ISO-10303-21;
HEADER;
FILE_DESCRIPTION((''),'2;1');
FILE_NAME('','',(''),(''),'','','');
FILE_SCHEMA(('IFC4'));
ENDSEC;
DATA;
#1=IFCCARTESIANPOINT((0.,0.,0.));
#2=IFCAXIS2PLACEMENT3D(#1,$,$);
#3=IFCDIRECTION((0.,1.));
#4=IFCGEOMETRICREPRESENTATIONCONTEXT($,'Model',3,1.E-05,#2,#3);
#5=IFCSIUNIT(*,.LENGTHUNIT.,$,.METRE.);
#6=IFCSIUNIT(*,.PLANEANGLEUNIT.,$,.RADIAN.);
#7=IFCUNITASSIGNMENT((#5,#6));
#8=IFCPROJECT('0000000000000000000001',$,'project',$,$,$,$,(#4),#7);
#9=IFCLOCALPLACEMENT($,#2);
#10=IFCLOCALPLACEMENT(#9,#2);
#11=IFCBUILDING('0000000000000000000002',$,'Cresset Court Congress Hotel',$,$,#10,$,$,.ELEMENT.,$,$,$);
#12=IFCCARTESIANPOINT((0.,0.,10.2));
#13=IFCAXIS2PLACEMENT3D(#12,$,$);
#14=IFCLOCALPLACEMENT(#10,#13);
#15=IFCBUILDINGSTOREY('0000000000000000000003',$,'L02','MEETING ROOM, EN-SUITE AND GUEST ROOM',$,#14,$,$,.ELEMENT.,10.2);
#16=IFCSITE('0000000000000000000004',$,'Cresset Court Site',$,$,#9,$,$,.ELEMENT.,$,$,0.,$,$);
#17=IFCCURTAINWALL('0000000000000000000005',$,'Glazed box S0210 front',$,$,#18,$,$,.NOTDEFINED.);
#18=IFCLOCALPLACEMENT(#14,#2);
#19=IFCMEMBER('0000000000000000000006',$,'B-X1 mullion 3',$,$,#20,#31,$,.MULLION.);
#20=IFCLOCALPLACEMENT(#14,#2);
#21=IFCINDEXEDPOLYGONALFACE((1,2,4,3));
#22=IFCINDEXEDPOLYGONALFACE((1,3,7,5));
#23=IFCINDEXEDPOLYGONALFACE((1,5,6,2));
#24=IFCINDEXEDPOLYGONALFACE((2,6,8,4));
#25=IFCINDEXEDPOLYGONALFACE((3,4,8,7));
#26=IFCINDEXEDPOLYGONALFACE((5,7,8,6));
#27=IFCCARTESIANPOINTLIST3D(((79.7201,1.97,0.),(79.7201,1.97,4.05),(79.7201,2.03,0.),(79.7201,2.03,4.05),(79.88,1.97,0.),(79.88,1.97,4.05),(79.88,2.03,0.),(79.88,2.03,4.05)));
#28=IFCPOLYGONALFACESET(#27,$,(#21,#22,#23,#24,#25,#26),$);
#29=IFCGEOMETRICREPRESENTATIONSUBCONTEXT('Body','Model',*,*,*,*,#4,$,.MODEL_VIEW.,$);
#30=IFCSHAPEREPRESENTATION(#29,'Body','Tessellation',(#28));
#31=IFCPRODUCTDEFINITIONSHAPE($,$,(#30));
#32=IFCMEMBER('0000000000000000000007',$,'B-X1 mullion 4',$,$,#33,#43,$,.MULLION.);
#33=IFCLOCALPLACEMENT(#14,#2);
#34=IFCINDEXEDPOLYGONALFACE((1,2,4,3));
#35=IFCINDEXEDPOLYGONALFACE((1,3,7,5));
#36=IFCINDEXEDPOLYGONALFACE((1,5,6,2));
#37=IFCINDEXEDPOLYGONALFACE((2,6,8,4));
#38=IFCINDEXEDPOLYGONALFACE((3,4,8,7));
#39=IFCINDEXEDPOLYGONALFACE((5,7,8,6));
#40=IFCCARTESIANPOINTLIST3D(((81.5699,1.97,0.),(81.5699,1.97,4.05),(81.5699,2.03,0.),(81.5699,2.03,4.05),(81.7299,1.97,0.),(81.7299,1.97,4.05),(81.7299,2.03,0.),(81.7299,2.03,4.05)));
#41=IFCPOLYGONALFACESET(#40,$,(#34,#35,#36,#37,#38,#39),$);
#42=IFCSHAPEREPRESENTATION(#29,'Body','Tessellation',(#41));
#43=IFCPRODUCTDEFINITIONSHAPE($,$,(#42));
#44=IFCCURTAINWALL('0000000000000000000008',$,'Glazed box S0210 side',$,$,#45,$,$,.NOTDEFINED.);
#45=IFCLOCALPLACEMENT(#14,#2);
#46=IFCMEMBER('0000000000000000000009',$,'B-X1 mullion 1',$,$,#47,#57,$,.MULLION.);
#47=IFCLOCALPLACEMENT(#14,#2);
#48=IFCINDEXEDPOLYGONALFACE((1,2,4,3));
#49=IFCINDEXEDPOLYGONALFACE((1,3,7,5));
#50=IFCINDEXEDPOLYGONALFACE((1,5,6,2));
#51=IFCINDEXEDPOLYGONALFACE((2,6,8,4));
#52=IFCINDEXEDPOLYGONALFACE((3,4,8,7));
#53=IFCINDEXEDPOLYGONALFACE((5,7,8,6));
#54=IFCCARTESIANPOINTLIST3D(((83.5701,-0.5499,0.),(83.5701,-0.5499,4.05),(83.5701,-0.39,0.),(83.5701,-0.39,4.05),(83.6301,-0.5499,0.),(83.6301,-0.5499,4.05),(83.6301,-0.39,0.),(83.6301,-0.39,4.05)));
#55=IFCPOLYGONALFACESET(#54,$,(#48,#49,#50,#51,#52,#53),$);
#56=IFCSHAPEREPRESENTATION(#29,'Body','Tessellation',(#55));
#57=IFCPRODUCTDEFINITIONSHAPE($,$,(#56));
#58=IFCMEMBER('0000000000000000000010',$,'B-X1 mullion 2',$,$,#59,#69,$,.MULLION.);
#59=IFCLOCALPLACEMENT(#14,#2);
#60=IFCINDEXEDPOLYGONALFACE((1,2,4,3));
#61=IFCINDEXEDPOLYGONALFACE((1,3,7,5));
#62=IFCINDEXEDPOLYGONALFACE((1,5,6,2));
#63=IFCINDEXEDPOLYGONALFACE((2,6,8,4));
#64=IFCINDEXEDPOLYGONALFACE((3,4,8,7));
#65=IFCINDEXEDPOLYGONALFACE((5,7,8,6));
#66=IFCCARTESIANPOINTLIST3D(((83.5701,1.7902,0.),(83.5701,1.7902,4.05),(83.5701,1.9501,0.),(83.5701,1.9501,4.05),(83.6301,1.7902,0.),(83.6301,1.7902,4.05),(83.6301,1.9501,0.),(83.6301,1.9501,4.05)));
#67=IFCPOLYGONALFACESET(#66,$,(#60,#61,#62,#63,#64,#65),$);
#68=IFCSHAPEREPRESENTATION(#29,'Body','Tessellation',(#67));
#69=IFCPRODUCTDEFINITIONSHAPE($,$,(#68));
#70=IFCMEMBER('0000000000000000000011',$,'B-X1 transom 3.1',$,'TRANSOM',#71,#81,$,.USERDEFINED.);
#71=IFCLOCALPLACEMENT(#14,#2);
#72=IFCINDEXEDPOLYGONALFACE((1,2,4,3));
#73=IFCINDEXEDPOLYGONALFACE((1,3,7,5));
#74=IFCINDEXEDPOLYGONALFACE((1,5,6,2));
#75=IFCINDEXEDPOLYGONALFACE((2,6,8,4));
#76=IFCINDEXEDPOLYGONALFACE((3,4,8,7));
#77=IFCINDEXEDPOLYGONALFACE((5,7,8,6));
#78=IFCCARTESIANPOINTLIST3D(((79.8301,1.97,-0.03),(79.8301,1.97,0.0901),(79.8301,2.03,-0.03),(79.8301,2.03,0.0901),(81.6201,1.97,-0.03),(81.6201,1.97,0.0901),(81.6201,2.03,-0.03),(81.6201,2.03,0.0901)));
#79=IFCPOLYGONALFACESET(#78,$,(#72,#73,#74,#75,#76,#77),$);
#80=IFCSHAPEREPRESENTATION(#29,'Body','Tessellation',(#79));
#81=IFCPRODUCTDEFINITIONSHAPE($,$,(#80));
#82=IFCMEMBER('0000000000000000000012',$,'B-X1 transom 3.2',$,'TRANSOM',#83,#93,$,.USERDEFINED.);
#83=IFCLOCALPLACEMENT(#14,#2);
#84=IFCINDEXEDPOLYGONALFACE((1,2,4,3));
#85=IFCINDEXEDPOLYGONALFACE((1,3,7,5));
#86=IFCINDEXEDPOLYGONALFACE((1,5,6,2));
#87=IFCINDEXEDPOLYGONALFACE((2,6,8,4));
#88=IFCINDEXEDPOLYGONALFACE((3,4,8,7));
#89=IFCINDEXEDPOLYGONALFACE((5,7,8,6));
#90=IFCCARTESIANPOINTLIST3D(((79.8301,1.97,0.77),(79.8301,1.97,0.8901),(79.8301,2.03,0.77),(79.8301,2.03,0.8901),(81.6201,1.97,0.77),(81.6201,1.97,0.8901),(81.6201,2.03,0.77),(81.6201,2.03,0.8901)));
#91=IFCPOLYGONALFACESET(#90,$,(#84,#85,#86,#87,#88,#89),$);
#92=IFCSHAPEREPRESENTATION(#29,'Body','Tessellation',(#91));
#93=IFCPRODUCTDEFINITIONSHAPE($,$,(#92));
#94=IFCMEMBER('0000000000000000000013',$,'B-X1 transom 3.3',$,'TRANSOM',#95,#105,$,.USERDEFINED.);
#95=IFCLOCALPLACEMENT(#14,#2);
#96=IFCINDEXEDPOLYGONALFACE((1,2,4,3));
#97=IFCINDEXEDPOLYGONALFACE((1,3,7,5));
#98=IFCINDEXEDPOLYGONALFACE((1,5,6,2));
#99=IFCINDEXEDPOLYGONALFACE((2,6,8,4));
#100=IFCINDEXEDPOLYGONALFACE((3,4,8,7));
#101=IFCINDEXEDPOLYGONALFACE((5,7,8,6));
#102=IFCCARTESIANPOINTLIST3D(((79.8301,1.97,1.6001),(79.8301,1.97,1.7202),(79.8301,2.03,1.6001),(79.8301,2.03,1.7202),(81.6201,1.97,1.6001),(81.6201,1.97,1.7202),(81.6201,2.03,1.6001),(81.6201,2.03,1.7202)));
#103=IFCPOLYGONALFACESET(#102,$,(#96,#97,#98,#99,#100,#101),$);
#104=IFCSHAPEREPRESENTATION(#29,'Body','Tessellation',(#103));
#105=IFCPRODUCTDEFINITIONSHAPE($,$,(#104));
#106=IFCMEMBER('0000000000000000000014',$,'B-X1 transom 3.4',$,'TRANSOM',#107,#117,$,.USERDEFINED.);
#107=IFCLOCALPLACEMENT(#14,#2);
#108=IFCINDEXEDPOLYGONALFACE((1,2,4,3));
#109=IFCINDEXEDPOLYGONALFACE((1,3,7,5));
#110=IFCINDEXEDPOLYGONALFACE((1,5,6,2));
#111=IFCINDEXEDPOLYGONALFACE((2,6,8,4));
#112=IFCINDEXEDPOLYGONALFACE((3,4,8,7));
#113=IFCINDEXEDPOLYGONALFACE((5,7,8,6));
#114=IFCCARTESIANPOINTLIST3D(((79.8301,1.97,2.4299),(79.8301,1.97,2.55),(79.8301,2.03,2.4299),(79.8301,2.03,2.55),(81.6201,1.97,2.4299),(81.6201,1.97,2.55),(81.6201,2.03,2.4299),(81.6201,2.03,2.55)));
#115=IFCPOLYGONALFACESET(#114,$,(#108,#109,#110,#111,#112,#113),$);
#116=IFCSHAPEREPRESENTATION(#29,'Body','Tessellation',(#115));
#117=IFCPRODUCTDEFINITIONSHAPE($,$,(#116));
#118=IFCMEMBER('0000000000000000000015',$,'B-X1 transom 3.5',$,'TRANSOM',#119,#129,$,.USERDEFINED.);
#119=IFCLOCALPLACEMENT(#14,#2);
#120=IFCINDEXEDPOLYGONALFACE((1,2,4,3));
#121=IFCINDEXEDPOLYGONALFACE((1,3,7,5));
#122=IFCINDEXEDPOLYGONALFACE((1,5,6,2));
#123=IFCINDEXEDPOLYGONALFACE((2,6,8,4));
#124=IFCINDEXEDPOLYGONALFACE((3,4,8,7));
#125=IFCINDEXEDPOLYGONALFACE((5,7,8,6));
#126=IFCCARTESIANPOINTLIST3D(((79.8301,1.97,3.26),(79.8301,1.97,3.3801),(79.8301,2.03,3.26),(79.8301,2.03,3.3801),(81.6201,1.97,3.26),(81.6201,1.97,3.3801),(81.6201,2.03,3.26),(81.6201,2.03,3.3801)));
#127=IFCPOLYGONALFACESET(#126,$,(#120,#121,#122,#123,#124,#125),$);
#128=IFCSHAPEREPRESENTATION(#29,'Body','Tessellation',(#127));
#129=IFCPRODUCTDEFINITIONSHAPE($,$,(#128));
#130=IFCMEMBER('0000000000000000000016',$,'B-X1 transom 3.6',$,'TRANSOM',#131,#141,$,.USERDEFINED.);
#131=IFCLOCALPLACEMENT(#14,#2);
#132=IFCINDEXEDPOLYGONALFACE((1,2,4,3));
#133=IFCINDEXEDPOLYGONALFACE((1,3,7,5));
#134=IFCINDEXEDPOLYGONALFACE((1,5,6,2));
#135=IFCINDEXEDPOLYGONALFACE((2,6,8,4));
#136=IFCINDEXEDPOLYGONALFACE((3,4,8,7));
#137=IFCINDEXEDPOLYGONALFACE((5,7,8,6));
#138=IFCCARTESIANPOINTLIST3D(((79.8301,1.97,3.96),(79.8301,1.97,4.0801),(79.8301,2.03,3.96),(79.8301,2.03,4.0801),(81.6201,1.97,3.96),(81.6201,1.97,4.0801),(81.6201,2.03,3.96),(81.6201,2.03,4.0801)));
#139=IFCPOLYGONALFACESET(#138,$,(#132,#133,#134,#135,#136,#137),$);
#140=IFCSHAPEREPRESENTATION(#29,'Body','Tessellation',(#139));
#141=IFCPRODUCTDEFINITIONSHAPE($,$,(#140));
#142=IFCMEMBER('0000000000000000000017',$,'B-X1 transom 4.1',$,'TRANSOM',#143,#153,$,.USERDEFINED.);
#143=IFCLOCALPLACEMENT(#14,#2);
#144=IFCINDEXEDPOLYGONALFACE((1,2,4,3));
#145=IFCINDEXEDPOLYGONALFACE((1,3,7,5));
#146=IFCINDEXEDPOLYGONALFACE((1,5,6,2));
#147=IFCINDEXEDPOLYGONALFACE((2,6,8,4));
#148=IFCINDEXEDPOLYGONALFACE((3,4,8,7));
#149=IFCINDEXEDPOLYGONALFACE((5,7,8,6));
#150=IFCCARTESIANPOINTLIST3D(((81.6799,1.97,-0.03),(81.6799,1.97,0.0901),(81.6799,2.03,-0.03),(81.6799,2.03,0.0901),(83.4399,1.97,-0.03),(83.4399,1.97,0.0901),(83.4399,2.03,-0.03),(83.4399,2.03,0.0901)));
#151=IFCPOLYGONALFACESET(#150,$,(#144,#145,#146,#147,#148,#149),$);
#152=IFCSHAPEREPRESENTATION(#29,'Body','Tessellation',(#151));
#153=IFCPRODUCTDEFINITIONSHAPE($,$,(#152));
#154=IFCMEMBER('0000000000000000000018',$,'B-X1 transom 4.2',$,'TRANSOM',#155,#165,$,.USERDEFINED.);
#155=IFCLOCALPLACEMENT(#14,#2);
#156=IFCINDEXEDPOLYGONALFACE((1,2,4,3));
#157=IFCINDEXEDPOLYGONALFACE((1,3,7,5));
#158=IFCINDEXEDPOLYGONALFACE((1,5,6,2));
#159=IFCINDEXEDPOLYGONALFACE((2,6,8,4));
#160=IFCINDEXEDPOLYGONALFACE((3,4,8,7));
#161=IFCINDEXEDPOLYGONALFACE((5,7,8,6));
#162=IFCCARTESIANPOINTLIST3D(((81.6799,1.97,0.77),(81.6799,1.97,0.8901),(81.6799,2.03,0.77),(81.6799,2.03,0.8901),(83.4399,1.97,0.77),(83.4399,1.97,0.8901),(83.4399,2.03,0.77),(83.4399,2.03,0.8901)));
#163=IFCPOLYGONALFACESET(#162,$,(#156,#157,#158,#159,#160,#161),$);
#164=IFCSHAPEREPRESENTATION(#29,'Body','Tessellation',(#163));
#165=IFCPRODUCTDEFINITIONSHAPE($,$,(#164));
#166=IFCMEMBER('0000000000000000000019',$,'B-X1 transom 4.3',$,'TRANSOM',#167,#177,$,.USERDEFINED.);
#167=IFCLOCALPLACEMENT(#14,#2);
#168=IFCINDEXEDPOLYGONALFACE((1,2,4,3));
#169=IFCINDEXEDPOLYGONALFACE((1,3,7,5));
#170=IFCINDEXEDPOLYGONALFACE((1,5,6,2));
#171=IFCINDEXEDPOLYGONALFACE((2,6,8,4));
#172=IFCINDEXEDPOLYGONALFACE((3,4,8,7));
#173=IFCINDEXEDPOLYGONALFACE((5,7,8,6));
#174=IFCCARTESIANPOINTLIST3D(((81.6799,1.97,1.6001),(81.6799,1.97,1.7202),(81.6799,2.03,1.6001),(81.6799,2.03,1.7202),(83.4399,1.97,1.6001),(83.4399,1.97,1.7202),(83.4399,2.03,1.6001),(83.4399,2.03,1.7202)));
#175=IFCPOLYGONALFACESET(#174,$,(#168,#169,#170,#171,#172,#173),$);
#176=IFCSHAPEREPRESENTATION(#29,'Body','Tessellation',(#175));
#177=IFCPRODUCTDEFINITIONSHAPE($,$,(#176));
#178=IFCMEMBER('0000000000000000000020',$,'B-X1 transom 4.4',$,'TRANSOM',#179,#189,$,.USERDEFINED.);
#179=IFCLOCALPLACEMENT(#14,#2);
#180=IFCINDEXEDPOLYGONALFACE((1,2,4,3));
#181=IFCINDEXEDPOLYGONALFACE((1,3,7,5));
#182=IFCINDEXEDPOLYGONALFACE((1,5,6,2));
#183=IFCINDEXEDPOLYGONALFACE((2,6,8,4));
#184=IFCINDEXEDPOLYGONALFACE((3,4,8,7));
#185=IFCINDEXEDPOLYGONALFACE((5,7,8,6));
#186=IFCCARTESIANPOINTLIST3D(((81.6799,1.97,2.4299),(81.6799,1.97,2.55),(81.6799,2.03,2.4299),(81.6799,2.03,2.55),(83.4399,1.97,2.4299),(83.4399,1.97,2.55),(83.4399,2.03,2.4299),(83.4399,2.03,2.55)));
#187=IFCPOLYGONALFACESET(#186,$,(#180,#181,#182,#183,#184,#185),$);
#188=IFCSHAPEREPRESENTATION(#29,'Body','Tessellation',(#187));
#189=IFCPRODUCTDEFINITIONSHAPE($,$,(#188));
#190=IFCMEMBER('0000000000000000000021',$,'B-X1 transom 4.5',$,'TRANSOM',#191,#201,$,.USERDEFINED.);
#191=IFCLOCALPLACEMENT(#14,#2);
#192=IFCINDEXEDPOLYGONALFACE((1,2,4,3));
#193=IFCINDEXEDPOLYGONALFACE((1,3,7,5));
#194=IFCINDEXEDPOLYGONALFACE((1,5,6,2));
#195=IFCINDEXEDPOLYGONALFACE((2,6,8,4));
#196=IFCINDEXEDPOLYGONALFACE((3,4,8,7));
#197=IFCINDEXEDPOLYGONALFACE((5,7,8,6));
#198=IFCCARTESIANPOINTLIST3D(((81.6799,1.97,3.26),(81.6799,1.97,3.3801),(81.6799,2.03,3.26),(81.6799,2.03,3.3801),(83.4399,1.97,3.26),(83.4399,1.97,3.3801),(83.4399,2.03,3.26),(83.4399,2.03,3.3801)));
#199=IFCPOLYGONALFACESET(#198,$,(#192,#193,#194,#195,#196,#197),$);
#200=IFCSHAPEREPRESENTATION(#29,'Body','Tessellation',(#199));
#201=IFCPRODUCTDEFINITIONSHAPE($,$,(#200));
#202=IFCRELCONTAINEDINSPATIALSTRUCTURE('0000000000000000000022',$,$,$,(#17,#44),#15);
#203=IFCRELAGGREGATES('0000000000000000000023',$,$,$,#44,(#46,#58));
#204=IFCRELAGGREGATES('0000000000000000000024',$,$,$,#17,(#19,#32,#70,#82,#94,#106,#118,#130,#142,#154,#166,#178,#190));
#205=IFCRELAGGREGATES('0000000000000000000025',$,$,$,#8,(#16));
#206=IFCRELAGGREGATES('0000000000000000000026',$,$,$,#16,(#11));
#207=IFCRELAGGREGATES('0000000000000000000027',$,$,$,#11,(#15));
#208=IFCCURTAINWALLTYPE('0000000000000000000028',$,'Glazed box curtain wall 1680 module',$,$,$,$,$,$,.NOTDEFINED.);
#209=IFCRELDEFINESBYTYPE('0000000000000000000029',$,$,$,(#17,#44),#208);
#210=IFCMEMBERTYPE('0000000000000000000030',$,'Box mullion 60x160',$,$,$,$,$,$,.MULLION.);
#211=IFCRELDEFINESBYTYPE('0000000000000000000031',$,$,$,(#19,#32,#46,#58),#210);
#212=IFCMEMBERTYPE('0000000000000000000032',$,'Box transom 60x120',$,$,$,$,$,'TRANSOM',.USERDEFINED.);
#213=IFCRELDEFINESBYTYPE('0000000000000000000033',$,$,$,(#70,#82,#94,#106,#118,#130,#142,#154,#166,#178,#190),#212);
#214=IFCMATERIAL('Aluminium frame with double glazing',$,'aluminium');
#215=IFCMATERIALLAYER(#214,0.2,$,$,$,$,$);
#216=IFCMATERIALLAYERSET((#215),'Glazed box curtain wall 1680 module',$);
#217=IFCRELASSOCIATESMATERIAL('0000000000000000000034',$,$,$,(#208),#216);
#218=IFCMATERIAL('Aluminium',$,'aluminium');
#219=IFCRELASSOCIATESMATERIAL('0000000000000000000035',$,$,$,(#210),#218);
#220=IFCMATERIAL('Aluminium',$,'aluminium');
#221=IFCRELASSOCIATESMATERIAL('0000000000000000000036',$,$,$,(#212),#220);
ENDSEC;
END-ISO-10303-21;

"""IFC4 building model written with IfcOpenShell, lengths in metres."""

from ifc_helpers import new_model, si_unit, direction, frame, origin, origin_2d, place, context, subcontext, project, spatial, rectangle, extrude, material, layer, layer_set, material_profile, profile_set, type_object, element, aggregate, save


model = new_model("IFC4")

# Units and contexts
model_context = context("Model", 3, precision=1e-05, world=origin(), true_north=direction((0.0, 1.0)))
body_context = subcontext(model_context, "Body", "Model", "MODEL_VIEW")
ifc_project = project(units=[si_unit("LENGTHUNIT", "METRE"), si_unit("PLANEANGLEUNIT", "RADIAN")], contexts=[model_context])

# Site, building, storey
site_placement = place(None, origin())
site = spatial("IfcSite", under=ifc_project, at=site_placement, Name="Cresset Court Site", CompositionType="ELEMENT", RefElevation=0.0)
building_placement = place(site_placement, origin())
building = spatial("IfcBuilding", under=site, at=building_placement, Name="Cresset Court Congress Hotel", CompositionType="ELEMENT")
storey_placement = place(building_placement, frame((0.0, 0.0, 10.2)))
storey = spatial("IfcBuildingStorey", under=building, at=storey_placement, Name="L02", Description="MEETING ROOM, EN-SUITE AND GUEST ROOM", CompositionType="ELEMENT", Elevation=10.2)

# Curtain walls, members
ifc_material_1 = material(Name="Aluminium frame with double glazing", Category="aluminium")
ifc_layer_1 = layer(ifc_material_1, 0.2)
ifc_layer_set_1 = layer_set([ifc_layer_1], Name="Glazed box curtain wall 1680 module")
curtain_wall_type = type_object("IfcCurtainWallType", Name="Glazed box curtain wall 1680 module", PredefinedType="NOTDEFINED", material=ifc_layer_set_1)
curtain_wall_1_placement = place(storey_placement, origin())
curtain_wall_1 = element("IfcCurtainWall", 1, at=curtain_wall_1_placement, inside=storey, type_object=curtain_wall_type, Name="Glazed box S0210 front", PredefinedType="NOTDEFINED")
ifc_material_2 = material(Name="Aluminium", Category="aluminium")
ifc_material_profile_1 = material_profile(ifc_material_2, rectangle(XDim=0.0601, YDim=0.1599, at=origin_2d()), Name="Box mullion 60x160")
ifc_profile_set_1 = profile_set([ifc_material_profile_1], Name="Aluminium")
member_type_1 = type_object("IfcMemberType", Name="Box mullion 60x160", PredefinedType="MULLION", material=ifc_profile_set_1)
member_1_placement = place(storey_placement, frame((79.8, 2.0, 0.0), z_axis=(0.0, 0.0, 1.0), x_axis=(0.0, 1.0, 0.0)))
member_1 = element("IfcMember", 2, at=member_1_placement, type_object=member_type_1, Name="B-X1 mullion 3", PredefinedType="MULLION", context=body_context, shape_type="SweptSolid", body=[
    extrude(rectangle(XDim=0.0601, YDim=0.1599, at=origin_2d()), origin(), (0.0, 0.0, 1.0), 4.05),
])
member_2_placement = place(storey_placement, frame((81.6499, 2.0, 0.0), z_axis=(0.0, 0.0, 1.0), x_axis=(0.0, 1.0, 0.0)))
member_2 = element("IfcMember", 3, at=member_2_placement, type_object=member_type_1, Name="B-X1 mullion 4", PredefinedType="MULLION", context=body_context, shape_type="SweptSolid", body=[
    extrude(rectangle(XDim=0.0601, YDim=0.1599, at=origin_2d()), origin(), (0.0, 0.0, 1.0), 4.05),
])
curtain_wall_2_placement = place(storey_placement, origin())
curtain_wall_2 = element("IfcCurtainWall", 4, at=curtain_wall_2_placement, inside=storey, type_object=curtain_wall_type, Name="Glazed box S0210 side", PredefinedType="NOTDEFINED")
member_3_placement = place(storey_placement, frame((83.6001, -0.47, 0.0), z_axis=(0.0, 0.0, 1.0), x_axis=(-1.0, 0.0, 0.0)))
member_3 = element("IfcMember", 5, at=member_3_placement, type_object=member_type_1, Name="B-X1 mullion 1", PredefinedType="MULLION", context=body_context, shape_type="SweptSolid", body=[
    extrude(rectangle(XDim=0.0601, YDim=0.1599, at=origin_2d()), origin(), (0.0, 0.0, 1.0), 4.05),
])
member_4_placement = place(storey_placement, frame((83.6001, 1.8701, 0.0), z_axis=(0.0, 0.0, 1.0), x_axis=(-1.0, 0.0, 0.0)))
member_4 = element("IfcMember", 6, at=member_4_placement, type_object=member_type_1, Name="B-X1 mullion 2", PredefinedType="MULLION", context=body_context, shape_type="SweptSolid", body=[
    extrude(rectangle(XDim=0.0601, YDim=0.1599, at=origin_2d()), origin(), (0.0, 0.0, 1.0), 4.05),
])

# Members
ifc_material_3 = material(Name="Aluminium", Category="aluminium")
ifc_material_profile_2 = material_profile(ifc_material_3, rectangle(XDim=0.0601, YDim=0.1201, at=origin_2d()), Name="Box transom 60x120")
ifc_profile_set_2 = profile_set([ifc_material_profile_2], Name="Aluminium")
member_type_2 = type_object("IfcMemberType", Name="Box transom 60x120", ElementType="TRANSOM", PredefinedType="USERDEFINED", material=ifc_profile_set_2)
member_5_placement = place(storey_placement, frame((79.8301, 2.0, 0.03), z_axis=(1.0, 0.0, 0.0), x_axis=(0.0, 1.0, 0.0)))
member_5 = element("IfcMember", 7, at=member_5_placement, type_object=member_type_2, Name="B-X1 transom 3.1", ObjectType="TRANSOM", PredefinedType="USERDEFINED", context=body_context, shape_type="SweptSolid", body=[
    extrude(rectangle(XDim=0.0601, YDim=0.1201, at=origin_2d()), origin(), (0.0, 0.0, 1.0), 1.79),
])
member_6_placement = place(storey_placement, frame((79.8301, 2.0, 0.8301), z_axis=(1.0, 0.0, 0.0), x_axis=(0.0, 1.0, 0.0)))
member_6 = element("IfcMember", 8, at=member_6_placement, type_object=member_type_2, Name="B-X1 transom 3.2", ObjectType="TRANSOM", PredefinedType="USERDEFINED", context=body_context, shape_type="SweptSolid", body=[
    extrude(rectangle(XDim=0.0601, YDim=0.1201, at=origin_2d()), origin(), (0.0, 0.0, 1.0), 1.79),
])
member_7_placement = place(storey_placement, frame((79.8301, 2.0, 1.6602), z_axis=(1.0, 0.0, 0.0), x_axis=(0.0, 1.0, 0.0)))
member_7 = element("IfcMember", 9, at=member_7_placement, type_object=member_type_2, Name="B-X1 transom 3.3", ObjectType="TRANSOM", PredefinedType="USERDEFINED", context=body_context, shape_type="SweptSolid", body=[
    extrude(rectangle(XDim=0.0601, YDim=0.1201, at=origin_2d()), origin(), (0.0, 0.0, 1.0), 1.79),
])
member_8_placement = place(storey_placement, frame((79.8301, 2.0, 2.49), z_axis=(1.0, 0.0, 0.0), x_axis=(0.0, 1.0, 0.0)))
member_8 = element("IfcMember", 10, at=member_8_placement, type_object=member_type_2, Name="B-X1 transom 3.4", ObjectType="TRANSOM", PredefinedType="USERDEFINED", context=body_context, shape_type="SweptSolid", body=[
    extrude(rectangle(XDim=0.0601, YDim=0.1201, at=origin_2d()), origin(), (0.0, 0.0, 1.0), 1.79),
])
member_9_placement = place(storey_placement, frame((79.8301, 2.0, 3.3201), z_axis=(1.0, 0.0, 0.0), x_axis=(0.0, 1.0, 0.0)))
member_9 = element("IfcMember", 11, at=member_9_placement, type_object=member_type_2, Name="B-X1 transom 3.5", ObjectType="TRANSOM", PredefinedType="USERDEFINED", context=body_context, shape_type="SweptSolid", body=[
    extrude(rectangle(XDim=0.0601, YDim=0.1201, at=origin_2d()), origin(), (0.0, 0.0, 1.0), 1.79),
])
member_10_placement = place(storey_placement, frame((79.8301, 2.0, 4.02), z_axis=(1.0, 0.0, 0.0), x_axis=(0.0, 1.0, 0.0)))
member_10 = element("IfcMember", 12, at=member_10_placement, type_object=member_type_2, Name="B-X1 transom 3.6", ObjectType="TRANSOM", PredefinedType="USERDEFINED", context=body_context, shape_type="SweptSolid", body=[
    extrude(rectangle(XDim=0.0601, YDim=0.1201, at=origin_2d()), origin(), (0.0, 0.0, 1.0), 1.79),
])
member_11_placement = place(storey_placement, frame((81.6799, 2.0, 0.03), z_axis=(1.0, 0.0, 0.0), x_axis=(0.0, 1.0, 0.0)))
member_11 = element("IfcMember", 13, at=member_11_placement, type_object=member_type_2, Name="B-X1 transom 4.1", ObjectType="TRANSOM", PredefinedType="USERDEFINED", context=body_context, shape_type="SweptSolid", body=[
    extrude(rectangle(XDim=0.0601, YDim=0.1201, at=origin_2d()), origin(), (0.0, 0.0, 1.0), 1.76),
])
member_12_placement = place(storey_placement, frame((81.6799, 2.0, 0.8301), z_axis=(1.0, 0.0, 0.0), x_axis=(0.0, 1.0, 0.0)))
member_12 = element("IfcMember", 14, at=member_12_placement, type_object=member_type_2, Name="B-X1 transom 4.2", ObjectType="TRANSOM", PredefinedType="USERDEFINED", context=body_context, shape_type="SweptSolid", body=[
    extrude(rectangle(XDim=0.0601, YDim=0.1201, at=origin_2d()), origin(), (0.0, 0.0, 1.0), 1.76),
])
member_13_placement = place(storey_placement, frame((81.6799, 2.0, 1.6602), z_axis=(1.0, 0.0, 0.0), x_axis=(0.0, 1.0, 0.0)))
member_13 = element("IfcMember", 15, at=member_13_placement, type_object=member_type_2, Name="B-X1 transom 4.3", ObjectType="TRANSOM", PredefinedType="USERDEFINED", context=body_context, shape_type="SweptSolid", body=[
    extrude(rectangle(XDim=0.0601, YDim=0.1201, at=origin_2d()), origin(), (0.0, 0.0, 1.0), 1.76),
])
member_14_placement = place(storey_placement, frame((81.6799, 2.0, 2.49), z_axis=(1.0, 0.0, 0.0), x_axis=(0.0, 1.0, 0.0)))
member_14 = element("IfcMember", 16, at=member_14_placement, type_object=member_type_2, Name="B-X1 transom 4.4", ObjectType="TRANSOM", PredefinedType="USERDEFINED", context=body_context, shape_type="SweptSolid", body=[
    extrude(rectangle(XDim=0.0601, YDim=0.1201, at=origin_2d()), origin(), (0.0, 0.0, 1.0), 1.76),
])
member_15_placement = place(storey_placement, frame((81.6799, 2.0, 3.3201), z_axis=(1.0, 0.0, 0.0), x_axis=(0.0, 1.0, 0.0)))
member_15 = element("IfcMember", 17, at=member_15_placement, type_object=member_type_2, Name="B-X1 transom 4.5", ObjectType="TRANSOM", PredefinedType="USERDEFINED", context=body_context, shape_type="SweptSolid", body=[
    extrude(rectangle(XDim=0.0601, YDim=0.1201, at=origin_2d()), origin(), (0.0, 0.0, 1.0), 1.76),
])
aggregate(curtain_wall_2, [member_3, member_4])

aggregate(curtain_wall_1, [member_1, member_2, member_5, member_6, member_7, member_8, member_9, member_10, member_11, member_12, member_13, member_14, member_15])

save(model, "model.ifc")
